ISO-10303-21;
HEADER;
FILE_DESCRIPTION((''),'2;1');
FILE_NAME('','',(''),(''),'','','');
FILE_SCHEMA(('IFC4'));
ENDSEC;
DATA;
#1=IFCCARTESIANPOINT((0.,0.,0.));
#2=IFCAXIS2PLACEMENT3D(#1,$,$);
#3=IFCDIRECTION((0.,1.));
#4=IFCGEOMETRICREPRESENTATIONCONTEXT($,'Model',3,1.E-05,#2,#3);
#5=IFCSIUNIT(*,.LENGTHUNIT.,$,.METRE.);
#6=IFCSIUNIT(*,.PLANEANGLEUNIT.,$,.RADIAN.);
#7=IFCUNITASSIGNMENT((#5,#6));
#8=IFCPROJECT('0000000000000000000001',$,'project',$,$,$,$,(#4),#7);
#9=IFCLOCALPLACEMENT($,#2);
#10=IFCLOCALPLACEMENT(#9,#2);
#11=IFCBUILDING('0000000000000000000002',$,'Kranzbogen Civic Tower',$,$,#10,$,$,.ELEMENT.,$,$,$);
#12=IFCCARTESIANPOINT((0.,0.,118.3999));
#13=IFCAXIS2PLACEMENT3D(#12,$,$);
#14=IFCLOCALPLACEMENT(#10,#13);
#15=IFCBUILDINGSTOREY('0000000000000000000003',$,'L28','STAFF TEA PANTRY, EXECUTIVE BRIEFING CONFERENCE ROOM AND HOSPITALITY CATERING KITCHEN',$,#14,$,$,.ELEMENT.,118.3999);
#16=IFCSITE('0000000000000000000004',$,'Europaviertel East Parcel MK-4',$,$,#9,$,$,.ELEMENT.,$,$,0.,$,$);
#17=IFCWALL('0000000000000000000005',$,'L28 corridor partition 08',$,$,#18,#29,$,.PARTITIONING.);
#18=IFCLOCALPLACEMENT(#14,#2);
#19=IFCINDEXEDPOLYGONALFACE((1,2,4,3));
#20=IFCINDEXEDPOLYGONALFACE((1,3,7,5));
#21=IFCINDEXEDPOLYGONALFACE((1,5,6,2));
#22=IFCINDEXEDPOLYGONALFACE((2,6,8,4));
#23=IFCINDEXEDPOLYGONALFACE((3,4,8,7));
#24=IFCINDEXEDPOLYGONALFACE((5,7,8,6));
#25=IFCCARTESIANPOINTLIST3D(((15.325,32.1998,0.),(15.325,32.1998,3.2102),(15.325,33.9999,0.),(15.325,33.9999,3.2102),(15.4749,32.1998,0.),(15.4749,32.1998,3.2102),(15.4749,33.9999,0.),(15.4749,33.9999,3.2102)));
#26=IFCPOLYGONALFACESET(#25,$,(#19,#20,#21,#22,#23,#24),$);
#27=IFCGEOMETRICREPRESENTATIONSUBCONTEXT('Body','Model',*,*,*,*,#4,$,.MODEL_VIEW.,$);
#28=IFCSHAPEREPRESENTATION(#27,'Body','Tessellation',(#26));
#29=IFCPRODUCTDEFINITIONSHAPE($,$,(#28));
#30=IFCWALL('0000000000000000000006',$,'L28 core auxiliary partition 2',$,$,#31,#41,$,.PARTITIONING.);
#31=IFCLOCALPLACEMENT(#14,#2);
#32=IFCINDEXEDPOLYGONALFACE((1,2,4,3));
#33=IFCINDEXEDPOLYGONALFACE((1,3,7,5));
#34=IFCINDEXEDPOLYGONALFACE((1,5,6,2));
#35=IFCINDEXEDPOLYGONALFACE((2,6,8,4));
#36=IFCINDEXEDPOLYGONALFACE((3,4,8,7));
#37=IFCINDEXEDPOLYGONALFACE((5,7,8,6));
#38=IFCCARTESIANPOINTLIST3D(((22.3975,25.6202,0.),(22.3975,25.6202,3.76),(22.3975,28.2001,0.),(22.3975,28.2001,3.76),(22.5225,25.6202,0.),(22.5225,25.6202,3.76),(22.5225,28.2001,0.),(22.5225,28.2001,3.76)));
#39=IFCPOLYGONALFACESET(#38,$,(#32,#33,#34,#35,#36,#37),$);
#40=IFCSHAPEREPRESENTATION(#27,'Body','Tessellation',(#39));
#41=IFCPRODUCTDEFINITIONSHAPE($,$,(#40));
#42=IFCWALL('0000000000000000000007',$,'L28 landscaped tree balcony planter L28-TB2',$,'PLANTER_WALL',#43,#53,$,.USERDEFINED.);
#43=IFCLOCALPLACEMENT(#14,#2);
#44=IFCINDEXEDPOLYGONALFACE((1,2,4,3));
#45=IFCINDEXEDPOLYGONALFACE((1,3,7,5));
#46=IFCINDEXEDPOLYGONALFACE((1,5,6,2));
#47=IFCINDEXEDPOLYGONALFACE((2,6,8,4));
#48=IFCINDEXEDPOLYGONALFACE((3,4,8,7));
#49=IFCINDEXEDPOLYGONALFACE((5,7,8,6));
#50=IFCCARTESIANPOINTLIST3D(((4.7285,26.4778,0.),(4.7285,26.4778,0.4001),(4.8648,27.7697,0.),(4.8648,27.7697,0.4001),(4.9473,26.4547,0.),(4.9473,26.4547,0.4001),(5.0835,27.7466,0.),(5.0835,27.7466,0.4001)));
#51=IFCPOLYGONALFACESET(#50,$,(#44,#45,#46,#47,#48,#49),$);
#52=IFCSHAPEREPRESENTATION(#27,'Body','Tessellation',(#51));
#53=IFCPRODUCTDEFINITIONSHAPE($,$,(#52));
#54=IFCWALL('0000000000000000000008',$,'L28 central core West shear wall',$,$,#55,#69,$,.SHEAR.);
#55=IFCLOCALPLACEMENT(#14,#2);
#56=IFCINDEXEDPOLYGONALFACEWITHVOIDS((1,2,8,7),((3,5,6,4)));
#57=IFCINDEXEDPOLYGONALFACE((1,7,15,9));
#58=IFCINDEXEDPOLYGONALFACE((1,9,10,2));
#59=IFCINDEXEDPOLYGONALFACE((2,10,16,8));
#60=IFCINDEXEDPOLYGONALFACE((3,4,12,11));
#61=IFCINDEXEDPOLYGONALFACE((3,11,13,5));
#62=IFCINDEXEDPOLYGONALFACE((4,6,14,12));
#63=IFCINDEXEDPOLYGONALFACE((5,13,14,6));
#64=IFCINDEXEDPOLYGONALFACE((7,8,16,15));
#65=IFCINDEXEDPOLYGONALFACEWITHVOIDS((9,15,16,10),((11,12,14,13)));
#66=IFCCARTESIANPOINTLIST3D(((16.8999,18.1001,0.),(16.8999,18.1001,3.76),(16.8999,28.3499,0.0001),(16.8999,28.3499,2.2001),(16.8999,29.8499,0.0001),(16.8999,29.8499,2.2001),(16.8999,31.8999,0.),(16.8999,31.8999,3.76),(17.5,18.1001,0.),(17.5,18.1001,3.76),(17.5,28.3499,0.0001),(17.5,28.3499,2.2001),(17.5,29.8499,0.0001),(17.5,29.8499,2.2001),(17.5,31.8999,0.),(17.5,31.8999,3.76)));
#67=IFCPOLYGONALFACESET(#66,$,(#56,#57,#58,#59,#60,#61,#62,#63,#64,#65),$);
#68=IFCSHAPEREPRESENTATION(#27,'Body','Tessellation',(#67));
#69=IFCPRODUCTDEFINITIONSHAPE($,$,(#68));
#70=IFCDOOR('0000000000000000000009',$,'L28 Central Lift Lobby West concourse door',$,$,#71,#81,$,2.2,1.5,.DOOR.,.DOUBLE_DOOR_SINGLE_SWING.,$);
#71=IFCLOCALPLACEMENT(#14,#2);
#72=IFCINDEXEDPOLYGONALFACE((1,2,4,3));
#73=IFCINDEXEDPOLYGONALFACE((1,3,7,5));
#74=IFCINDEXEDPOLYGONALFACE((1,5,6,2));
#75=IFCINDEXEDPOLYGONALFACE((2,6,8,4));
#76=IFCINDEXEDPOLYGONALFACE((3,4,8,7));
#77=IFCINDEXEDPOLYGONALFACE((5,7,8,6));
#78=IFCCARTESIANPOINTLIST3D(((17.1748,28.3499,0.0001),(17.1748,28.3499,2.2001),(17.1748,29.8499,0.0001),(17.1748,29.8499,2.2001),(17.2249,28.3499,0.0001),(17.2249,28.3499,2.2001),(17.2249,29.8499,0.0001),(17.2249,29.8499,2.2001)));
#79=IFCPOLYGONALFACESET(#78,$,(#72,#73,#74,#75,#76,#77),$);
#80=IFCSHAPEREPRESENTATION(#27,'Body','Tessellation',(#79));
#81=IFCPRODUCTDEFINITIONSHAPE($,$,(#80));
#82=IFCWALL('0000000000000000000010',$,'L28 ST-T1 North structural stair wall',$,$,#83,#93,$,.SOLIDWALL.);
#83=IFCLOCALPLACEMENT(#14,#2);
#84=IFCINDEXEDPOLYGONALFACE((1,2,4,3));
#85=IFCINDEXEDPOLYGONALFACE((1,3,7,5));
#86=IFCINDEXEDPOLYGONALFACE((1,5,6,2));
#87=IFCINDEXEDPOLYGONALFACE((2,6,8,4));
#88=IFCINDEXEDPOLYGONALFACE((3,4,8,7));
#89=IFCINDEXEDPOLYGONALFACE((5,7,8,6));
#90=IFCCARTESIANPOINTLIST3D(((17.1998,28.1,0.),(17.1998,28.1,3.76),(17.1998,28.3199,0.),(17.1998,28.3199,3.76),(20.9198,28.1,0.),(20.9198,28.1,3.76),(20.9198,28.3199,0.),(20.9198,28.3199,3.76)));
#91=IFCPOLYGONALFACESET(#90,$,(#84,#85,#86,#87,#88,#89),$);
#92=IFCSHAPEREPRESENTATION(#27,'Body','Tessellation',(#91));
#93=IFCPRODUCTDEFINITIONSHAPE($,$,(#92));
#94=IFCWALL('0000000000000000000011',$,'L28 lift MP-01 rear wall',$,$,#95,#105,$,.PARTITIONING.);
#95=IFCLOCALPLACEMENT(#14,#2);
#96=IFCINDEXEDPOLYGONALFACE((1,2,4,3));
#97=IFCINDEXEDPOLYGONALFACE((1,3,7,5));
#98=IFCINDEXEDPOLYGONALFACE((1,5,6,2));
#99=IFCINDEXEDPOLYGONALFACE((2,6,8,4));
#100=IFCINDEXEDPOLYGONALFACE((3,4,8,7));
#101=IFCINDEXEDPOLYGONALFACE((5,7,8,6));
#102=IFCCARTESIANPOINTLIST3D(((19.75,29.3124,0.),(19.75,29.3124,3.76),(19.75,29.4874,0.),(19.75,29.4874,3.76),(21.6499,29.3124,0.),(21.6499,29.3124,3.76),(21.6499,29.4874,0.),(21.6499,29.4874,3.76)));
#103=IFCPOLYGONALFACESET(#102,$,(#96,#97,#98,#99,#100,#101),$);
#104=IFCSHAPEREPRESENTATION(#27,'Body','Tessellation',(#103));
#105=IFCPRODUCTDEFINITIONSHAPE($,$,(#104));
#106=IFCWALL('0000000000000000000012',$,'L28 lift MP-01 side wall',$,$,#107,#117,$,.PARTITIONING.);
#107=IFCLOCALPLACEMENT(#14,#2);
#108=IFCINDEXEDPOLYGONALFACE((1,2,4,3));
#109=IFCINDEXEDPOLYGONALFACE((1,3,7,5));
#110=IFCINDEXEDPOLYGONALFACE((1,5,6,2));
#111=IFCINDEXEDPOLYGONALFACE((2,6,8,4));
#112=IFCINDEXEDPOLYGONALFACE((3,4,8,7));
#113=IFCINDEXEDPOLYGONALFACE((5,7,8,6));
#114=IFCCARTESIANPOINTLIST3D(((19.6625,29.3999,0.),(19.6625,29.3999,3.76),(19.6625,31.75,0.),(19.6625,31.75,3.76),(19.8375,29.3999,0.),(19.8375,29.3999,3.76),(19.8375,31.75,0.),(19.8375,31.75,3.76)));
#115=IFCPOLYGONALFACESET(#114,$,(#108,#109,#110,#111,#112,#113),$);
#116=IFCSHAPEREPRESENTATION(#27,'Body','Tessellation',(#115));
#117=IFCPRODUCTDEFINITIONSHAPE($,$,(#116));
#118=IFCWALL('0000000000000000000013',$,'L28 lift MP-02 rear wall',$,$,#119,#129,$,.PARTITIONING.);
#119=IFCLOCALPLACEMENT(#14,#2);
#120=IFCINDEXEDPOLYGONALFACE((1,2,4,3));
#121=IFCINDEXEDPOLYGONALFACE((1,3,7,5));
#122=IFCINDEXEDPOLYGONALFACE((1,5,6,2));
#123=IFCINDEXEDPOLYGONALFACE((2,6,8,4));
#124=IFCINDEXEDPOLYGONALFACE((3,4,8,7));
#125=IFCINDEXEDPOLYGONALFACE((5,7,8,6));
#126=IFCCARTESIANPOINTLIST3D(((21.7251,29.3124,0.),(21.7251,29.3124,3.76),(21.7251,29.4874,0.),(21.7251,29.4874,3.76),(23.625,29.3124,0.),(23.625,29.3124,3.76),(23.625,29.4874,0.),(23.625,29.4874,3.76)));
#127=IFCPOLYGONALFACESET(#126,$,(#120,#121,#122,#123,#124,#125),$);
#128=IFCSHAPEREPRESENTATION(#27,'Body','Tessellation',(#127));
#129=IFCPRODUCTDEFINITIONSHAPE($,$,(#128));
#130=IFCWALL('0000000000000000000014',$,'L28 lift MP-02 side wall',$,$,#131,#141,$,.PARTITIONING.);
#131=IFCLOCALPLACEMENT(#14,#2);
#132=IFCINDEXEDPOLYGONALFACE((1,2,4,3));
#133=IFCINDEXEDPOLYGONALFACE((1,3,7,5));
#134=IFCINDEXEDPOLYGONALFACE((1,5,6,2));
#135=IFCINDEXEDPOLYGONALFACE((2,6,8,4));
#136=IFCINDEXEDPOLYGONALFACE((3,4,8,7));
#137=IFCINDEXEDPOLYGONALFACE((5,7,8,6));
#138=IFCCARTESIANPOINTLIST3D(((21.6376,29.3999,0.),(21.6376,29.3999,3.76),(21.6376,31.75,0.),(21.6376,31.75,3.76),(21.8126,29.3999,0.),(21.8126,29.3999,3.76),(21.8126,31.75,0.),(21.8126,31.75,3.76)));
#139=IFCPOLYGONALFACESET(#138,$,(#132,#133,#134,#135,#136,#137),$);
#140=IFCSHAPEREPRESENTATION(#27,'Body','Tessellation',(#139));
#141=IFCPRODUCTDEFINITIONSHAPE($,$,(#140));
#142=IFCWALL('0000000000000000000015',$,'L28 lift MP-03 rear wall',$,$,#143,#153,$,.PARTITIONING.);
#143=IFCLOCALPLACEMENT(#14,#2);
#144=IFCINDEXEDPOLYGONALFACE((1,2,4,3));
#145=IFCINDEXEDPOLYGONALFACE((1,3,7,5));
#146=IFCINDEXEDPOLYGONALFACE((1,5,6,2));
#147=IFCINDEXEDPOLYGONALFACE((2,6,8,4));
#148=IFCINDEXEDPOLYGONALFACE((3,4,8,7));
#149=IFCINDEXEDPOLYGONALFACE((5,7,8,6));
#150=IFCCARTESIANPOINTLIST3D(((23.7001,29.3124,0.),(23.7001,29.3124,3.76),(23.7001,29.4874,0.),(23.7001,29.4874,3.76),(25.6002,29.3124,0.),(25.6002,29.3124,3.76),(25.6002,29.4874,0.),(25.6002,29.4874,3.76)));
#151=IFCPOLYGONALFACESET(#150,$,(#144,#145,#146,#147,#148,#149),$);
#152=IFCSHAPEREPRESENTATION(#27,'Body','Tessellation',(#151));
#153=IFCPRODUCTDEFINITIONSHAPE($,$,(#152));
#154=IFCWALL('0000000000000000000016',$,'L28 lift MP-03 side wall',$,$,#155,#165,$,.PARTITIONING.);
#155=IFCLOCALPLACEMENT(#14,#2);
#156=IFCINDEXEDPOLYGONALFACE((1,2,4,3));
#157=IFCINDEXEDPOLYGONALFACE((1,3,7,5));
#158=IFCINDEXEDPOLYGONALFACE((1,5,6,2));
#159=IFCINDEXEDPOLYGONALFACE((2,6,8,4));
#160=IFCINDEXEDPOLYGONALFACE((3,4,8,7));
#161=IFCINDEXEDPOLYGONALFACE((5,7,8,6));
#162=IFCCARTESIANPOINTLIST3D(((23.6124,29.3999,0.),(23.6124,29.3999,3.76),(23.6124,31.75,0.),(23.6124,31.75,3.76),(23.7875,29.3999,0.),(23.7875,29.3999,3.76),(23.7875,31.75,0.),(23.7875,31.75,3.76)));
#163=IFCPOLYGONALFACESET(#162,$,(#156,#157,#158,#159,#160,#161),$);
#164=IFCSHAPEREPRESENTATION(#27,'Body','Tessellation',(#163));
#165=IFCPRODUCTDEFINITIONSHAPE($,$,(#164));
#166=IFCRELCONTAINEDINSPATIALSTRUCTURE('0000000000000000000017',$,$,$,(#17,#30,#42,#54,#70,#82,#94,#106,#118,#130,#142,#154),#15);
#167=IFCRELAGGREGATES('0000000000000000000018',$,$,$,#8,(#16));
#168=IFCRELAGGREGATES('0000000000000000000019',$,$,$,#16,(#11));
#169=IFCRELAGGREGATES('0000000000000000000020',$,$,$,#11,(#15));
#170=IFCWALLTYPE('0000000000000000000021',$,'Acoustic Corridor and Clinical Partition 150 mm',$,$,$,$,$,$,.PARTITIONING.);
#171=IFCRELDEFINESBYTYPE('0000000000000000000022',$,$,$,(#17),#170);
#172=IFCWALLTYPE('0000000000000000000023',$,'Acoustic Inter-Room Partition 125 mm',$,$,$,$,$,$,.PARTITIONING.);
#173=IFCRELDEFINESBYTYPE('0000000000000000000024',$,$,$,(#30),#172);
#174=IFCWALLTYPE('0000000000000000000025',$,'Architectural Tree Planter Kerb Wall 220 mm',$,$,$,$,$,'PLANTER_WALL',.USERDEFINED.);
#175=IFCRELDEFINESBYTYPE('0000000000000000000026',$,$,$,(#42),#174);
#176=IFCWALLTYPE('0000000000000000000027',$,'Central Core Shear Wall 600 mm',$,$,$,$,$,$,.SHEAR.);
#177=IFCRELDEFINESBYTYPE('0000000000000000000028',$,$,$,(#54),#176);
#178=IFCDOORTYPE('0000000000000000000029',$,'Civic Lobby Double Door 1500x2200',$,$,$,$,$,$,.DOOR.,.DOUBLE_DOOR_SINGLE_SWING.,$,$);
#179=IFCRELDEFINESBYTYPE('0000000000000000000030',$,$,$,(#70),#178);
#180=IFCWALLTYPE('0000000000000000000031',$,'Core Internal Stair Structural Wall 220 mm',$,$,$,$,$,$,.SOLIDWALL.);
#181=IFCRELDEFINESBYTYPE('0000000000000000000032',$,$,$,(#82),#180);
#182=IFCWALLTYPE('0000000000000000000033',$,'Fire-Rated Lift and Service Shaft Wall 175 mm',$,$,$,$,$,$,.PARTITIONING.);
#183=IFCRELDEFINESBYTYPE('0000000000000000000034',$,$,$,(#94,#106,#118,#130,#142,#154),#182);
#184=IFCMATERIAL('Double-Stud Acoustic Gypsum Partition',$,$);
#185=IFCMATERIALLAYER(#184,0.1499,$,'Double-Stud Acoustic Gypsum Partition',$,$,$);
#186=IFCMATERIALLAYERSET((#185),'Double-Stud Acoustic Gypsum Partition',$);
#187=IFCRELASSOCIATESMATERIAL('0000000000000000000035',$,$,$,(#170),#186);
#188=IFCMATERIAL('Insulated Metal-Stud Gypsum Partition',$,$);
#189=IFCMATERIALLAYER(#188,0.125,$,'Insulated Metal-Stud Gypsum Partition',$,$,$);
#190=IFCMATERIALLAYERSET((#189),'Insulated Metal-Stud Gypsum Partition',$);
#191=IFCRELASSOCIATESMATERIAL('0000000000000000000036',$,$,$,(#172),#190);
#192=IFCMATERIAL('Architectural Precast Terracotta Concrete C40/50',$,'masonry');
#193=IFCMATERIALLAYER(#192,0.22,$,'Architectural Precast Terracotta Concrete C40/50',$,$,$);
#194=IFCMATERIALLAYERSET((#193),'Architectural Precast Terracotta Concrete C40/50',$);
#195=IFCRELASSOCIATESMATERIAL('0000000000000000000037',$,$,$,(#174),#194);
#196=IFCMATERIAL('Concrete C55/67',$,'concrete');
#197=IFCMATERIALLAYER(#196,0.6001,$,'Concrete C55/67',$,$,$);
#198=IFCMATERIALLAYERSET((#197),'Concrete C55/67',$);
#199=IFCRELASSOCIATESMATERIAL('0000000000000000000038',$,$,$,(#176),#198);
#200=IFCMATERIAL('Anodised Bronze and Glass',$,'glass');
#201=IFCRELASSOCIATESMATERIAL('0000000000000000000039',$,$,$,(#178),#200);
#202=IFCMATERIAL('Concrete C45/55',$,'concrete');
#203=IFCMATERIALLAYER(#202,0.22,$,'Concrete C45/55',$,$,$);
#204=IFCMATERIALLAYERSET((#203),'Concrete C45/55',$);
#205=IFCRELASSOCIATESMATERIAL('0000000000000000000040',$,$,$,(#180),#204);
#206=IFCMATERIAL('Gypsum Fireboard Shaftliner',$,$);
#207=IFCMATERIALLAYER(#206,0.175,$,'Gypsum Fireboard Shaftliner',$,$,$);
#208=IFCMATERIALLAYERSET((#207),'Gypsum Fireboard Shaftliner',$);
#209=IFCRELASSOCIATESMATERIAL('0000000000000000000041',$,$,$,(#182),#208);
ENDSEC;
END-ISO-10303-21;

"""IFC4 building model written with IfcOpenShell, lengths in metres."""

from ifc_helpers import new_model, si_unit, direction, frame, frame_2d, origin, place, context, subcontext, project, spatial, rectangle, extrude, material, layer, layer_set, type_object, element, fill, save


model = new_model("IFC4")

# Units and contexts
model_context = context("Model", 3, precision=1e-05, world=origin(), true_north=direction((0.0, 1.0)))
body_context = subcontext(model_context, "Body", "Model", "MODEL_VIEW")
ifc_project = project(units=[si_unit("LENGTHUNIT", "METRE"), si_unit("PLANEANGLEUNIT", "RADIAN")], contexts=[model_context])

# Site, building, storey
site_placement = place(None, origin())
site = spatial("IfcSite", under=ifc_project, at=site_placement, Name="Europaviertel East Parcel MK-4", CompositionType="ELEMENT", RefElevation=0.0)
building_placement = place(site_placement, origin())
building = spatial("IfcBuilding", under=site, at=building_placement, Name="Kranzbogen Civic Tower", CompositionType="ELEMENT")
storey_placement = place(building_placement, frame((0.0, 0.0, 118.3999)))
storey = spatial("IfcBuildingStorey", under=building, at=storey_placement, Name="L28", Description="STAFF TEA PANTRY, EXECUTIVE BRIEFING CONFERENCE ROOM AND HOSPITALITY CATERING KITCHEN", CompositionType="ELEMENT", Elevation=118.3999)

# Wall
ifc_material_1 = material(Name="Double-Stud Acoustic Gypsum Partition")
ifc_layer_1 = layer(ifc_material_1, 0.1499, Name="Double-Stud Acoustic Gypsum Partition")
ifc_layer_set_1 = layer_set([ifc_layer_1], Name="Double-Stud Acoustic Gypsum Partition")
wall_type_1 = type_object("IfcWallType", Name="Acoustic Corridor and Clinical Partition 150 mm", PredefinedType="PARTITIONING", material=ifc_layer_set_1)
wall_1_placement = place(storey_placement, frame((15.3999, 32.2, 0.0), z_axis=(0.0, 0.0, 1.0), x_axis=(0.0, 1.0, 0.0)))
element("IfcWall", 1, at=wall_1_placement, inside=storey, type_object=wall_type_1, Name="L28 corridor partition 08", PredefinedType="PARTITIONING", context=body_context, shape_type="SweptSolid", body=[
    extrude(rectangle(XDim=1.8, YDim=0.1499, at=frame_2d((0.8999, 0.0))), origin(), (0.0, 0.0, 1.0), 3.2102),
])

# Shared definitions
ifc_material_2 = material(Name="Insulated Metal-Stud Gypsum Partition")
ifc_layer_2 = layer(ifc_material_2, 0.125, Name="Insulated Metal-Stud Gypsum Partition")
ifc_layer_set_2 = layer_set([ifc_layer_2], Name="Insulated Metal-Stud Gypsum Partition")
wall_type_2 = type_object("IfcWallType", Name="Acoustic Inter-Room Partition 125 mm", PredefinedType="PARTITIONING", material=ifc_layer_set_2)

# Walls
wall_2_placement = place(storey_placement, frame((22.46, 25.6201, 0.0), z_axis=(0.0, 0.0, 1.0), x_axis=(0.0, 1.0, 0.0)))
element("IfcWall", 2, at=wall_2_placement, inside=storey, type_object=wall_type_2, Name="L28 core auxiliary partition 2", PredefinedType="PARTITIONING", context=body_context, shape_type="SweptSolid", body=[
    extrude(rectangle(XDim=2.5798, YDim=0.125, at=frame_2d((1.29, 0.0))), origin(), (0.0, 0.0, 1.0), 3.76),
])
ifc_material_3 = material(Name="Architectural Precast Terracotta Concrete C40/50", Category="masonry")
ifc_layer_3 = layer(ifc_material_3, 0.22, Name="Architectural Precast Terracotta Concrete C40/50")
ifc_layer_set_3 = layer_set([ifc_layer_3], Name="Architectural Precast Terracotta Concrete C40/50")
wall_type_3 = type_object("IfcWallType", Name="Architectural Tree Planter Kerb Wall 220 mm", ElementType="PLANTER_WALL", PredefinedType="USERDEFINED", material=ifc_layer_set_3)
wall_3_placement = place(storey_placement, frame((4.9741, 27.7581, 0.0), z_axis=(0.0, 0.0, 1.0), x_axis=(-0.104861, -0.994487, 0.0)))
element("IfcWall", 3, at=wall_3_placement, inside=storey, type_object=wall_type_3, Name="L28 landscaped tree balcony planter L28-TB2", ObjectType="PLANTER_WALL", PredefinedType="USERDEFINED", context=body_context, shape_type="SweptSolid", body=[
    extrude(rectangle(XDim=1.2991, YDim=0.22, at=frame_2d((0.6494, 0.0))), origin(), (0.0, 0.0, 1.0), 0.4001),
])

# Wall, opening, door
ifc_material_4 = material(Name="Concrete C55/67", Category="concrete")
ifc_layer_4 = layer(ifc_material_4, 0.6001, Name="Concrete C55/67")
ifc_layer_set_4 = layer_set([ifc_layer_4], Name="Concrete C55/67")
wall_type_4 = type_object("IfcWallType", Name="Central Core Shear Wall 600 mm", PredefinedType="SHEAR", material=ifc_layer_set_4)
wall_4_placement = place(storey_placement, frame((17.2, 31.8999, 0.0), z_axis=(0.0, 0.0, 1.0), x_axis=(0.0, -1.0, 0.0)))
wall_4 = element("IfcWall", 4, at=wall_4_placement, inside=storey, type_object=wall_type_4, Name="L28 central core West shear wall", PredefinedType="SHEAR", context=body_context, shape_type="SweptSolid", body=[
    extrude(rectangle(XDim=13.7998, YDim=0.6001, at=frame_2d((6.8999, 0.0))), origin(), (0.0, 0.0, 1.0), 3.76),
])
opening_1_placement = place(wall_4_placement, frame((2.05, 0.0, 0.0)))
opening_1 = element("IfcOpeningElement", 5, at=opening_1_placement, cuts=wall_4, PredefinedType="OPENING", context=body_context, shape_type="SweptSolid", body=[
    extrude(rectangle(XDim=1.5, YDim=2.2, at=frame_2d((0.75, 1.1001))), frame((0.0, 0.3101, 0.0), z_axis=(0.0, -1.0, 0.0), x_axis=(1.0, 0.0, 0.0)), (0.0, 0.0, 1.0), 0.6201),
])
ifc_material_5 = material(Name="Anodised Bronze and Glass", Category="glass")
door_type_1 = type_object("IfcDoorType", Name="Civic Lobby Double Door 1500x2200", OperationType="DOUBLE_DOOR_SINGLE_SWING", PredefinedType="DOOR", material=ifc_material_5)
door_1_placement = place(opening_1_placement, origin())
door_1 = element("IfcDoor", 6, at=door_1_placement, inside=storey, type_object=door_type_1, Name="L28 Central Lift Lobby West concourse door", OperationType="DOUBLE_DOOR_SINGLE_SWING", OverallHeight=2.2, OverallWidth=1.5, PredefinedType="DOOR", context=body_context, shape_type="SweptSolid", body=[
    extrude(rectangle(XDim=1.5, YDim=2.2, at=frame_2d((0.75, 1.1001))), frame((0.0, 0.0249, 0.0), z_axis=(0.0, -1.0, 0.0), x_axis=(1.0, 0.0, 0.0)), (0.0, 0.0, 1.0), 0.05),
])
fill(opening_1, door_1)

# Walls
ifc_material_6 = material(Name="Concrete C45/55", Category="concrete")
ifc_layer_5 = layer(ifc_material_6, 0.22, Name="Concrete C45/55")
ifc_layer_set_5 = layer_set([ifc_layer_5], Name="Concrete C45/55")
wall_type_5 = type_object("IfcWallType", Name="Core Internal Stair Structural Wall 220 mm", PredefinedType="SOLIDWALL", material=ifc_layer_set_5)
wall_5_placement = place(storey_placement, frame((17.2, 28.21, 0.0), z_axis=(0.0, 0.0, 1.0), x_axis=(1.0, 0.0, 0.0)))
element("IfcWall", 7, at=wall_5_placement, inside=storey, type_object=wall_type_5, Name="L28 ST-T1 North structural stair wall", PredefinedType="SOLIDWALL", context=body_context, shape_type="SweptSolid", body=[
    extrude(rectangle(XDim=3.72, YDim=0.22, at=frame_2d((1.8599, 0.0))), origin(), (0.0, 0.0, 1.0), 3.76),
])
ifc_material_7 = material(Name="Gypsum Fireboard Shaftliner")
ifc_layer_6 = layer(ifc_material_7, 0.175, Name="Gypsum Fireboard Shaftliner")
ifc_layer_set_6 = layer_set([ifc_layer_6], Name="Gypsum Fireboard Shaftliner")
wall_type_6 = type_object("IfcWallType", Name="Fire-Rated Lift and Service Shaft Wall 175 mm", PredefinedType="PARTITIONING", material=ifc_layer_set_6)
wall_6_placement = place(storey_placement, frame((19.75, 29.3999, 0.0), z_axis=(0.0, 0.0, 1.0), x_axis=(1.0, 0.0, 0.0)))
element("IfcWall", 8, at=wall_6_placement, inside=storey, type_object=wall_type_6, Name="L28 lift MP-01 rear wall", PredefinedType="PARTITIONING", context=body_context, shape_type="SweptSolid", body=[
    extrude(rectangle(XDim=1.8999, YDim=0.175, at=frame_2d((0.95, 0.0))), origin(), (0.0, 0.0, 1.0), 3.76),
])
wall_7_placement = place(storey_placement, frame((19.75, 29.3999, 0.0), z_axis=(0.0, 0.0, 1.0), x_axis=(0.0, 1.0, 0.0)))
element("IfcWall", 9, at=wall_7_placement, inside=storey, type_object=wall_type_6, Name="L28 lift MP-01 side wall", PredefinedType="PARTITIONING", context=body_context, shape_type="SweptSolid", body=[
    extrude(rectangle(XDim=2.3501, YDim=0.175, at=frame_2d((1.175, 0.0))), origin(), (0.0, 0.0, 1.0), 3.76),
])
wall_8_placement = place(storey_placement, frame((21.7251, 29.3999, 0.0), z_axis=(0.0, 0.0, 1.0), x_axis=(1.0, 0.0, 0.0)))
element("IfcWall", 10, at=wall_8_placement, inside=storey, type_object=wall_type_6, Name="L28 lift MP-02 rear wall", PredefinedType="PARTITIONING", context=body_context, shape_type="SweptSolid", body=[
    extrude(rectangle(XDim=1.8999, YDim=0.175, at=frame_2d((0.95, 0.0))), origin(), (0.0, 0.0, 1.0), 3.76),
])
wall_9_placement = place(storey_placement, frame((21.7251, 29.3999, 0.0), z_axis=(0.0, 0.0, 1.0), x_axis=(0.0, 1.0, 0.0)))
element("IfcWall", 11, at=wall_9_placement, inside=storey, type_object=wall_type_6, Name="L28 lift MP-02 side wall", PredefinedType="PARTITIONING", context=body_context, shape_type="SweptSolid", body=[
    extrude(rectangle(XDim=2.3501, YDim=0.175, at=frame_2d((1.175, 0.0))), origin(), (0.0, 0.0, 1.0), 3.76),
])
wall_10_placement = place(storey_placement, frame((23.7, 29.3999, 0.0), z_axis=(0.0, 0.0, 1.0), x_axis=(1.0, 0.0, 0.0)))
element("IfcWall", 12, at=wall_10_placement, inside=storey, type_object=wall_type_6, Name="L28 lift MP-03 rear wall", PredefinedType="PARTITIONING", context=body_context, shape_type="SweptSolid", body=[
    extrude(rectangle(XDim=1.9001, YDim=0.175, at=frame_2d((0.9502, 0.0))), origin(), (0.0, 0.0, 1.0), 3.76),
])
wall_11_placement = place(storey_placement, frame((23.7, 29.3999, 0.0), z_axis=(0.0, 0.0, 1.0), x_axis=(0.0, 1.0, 0.0)))
element("IfcWall", 13, at=wall_11_placement, inside=storey, type_object=wall_type_6, Name="L28 lift MP-03 side wall", PredefinedType="PARTITIONING", context=body_context, shape_type="SweptSolid", body=[
    extrude(rectangle(XDim=2.3501, YDim=0.175, at=frame_2d((1.175, 0.0))), origin(), (0.0, 0.0, 1.0), 3.76),
])

save(model, "model.ifc")
